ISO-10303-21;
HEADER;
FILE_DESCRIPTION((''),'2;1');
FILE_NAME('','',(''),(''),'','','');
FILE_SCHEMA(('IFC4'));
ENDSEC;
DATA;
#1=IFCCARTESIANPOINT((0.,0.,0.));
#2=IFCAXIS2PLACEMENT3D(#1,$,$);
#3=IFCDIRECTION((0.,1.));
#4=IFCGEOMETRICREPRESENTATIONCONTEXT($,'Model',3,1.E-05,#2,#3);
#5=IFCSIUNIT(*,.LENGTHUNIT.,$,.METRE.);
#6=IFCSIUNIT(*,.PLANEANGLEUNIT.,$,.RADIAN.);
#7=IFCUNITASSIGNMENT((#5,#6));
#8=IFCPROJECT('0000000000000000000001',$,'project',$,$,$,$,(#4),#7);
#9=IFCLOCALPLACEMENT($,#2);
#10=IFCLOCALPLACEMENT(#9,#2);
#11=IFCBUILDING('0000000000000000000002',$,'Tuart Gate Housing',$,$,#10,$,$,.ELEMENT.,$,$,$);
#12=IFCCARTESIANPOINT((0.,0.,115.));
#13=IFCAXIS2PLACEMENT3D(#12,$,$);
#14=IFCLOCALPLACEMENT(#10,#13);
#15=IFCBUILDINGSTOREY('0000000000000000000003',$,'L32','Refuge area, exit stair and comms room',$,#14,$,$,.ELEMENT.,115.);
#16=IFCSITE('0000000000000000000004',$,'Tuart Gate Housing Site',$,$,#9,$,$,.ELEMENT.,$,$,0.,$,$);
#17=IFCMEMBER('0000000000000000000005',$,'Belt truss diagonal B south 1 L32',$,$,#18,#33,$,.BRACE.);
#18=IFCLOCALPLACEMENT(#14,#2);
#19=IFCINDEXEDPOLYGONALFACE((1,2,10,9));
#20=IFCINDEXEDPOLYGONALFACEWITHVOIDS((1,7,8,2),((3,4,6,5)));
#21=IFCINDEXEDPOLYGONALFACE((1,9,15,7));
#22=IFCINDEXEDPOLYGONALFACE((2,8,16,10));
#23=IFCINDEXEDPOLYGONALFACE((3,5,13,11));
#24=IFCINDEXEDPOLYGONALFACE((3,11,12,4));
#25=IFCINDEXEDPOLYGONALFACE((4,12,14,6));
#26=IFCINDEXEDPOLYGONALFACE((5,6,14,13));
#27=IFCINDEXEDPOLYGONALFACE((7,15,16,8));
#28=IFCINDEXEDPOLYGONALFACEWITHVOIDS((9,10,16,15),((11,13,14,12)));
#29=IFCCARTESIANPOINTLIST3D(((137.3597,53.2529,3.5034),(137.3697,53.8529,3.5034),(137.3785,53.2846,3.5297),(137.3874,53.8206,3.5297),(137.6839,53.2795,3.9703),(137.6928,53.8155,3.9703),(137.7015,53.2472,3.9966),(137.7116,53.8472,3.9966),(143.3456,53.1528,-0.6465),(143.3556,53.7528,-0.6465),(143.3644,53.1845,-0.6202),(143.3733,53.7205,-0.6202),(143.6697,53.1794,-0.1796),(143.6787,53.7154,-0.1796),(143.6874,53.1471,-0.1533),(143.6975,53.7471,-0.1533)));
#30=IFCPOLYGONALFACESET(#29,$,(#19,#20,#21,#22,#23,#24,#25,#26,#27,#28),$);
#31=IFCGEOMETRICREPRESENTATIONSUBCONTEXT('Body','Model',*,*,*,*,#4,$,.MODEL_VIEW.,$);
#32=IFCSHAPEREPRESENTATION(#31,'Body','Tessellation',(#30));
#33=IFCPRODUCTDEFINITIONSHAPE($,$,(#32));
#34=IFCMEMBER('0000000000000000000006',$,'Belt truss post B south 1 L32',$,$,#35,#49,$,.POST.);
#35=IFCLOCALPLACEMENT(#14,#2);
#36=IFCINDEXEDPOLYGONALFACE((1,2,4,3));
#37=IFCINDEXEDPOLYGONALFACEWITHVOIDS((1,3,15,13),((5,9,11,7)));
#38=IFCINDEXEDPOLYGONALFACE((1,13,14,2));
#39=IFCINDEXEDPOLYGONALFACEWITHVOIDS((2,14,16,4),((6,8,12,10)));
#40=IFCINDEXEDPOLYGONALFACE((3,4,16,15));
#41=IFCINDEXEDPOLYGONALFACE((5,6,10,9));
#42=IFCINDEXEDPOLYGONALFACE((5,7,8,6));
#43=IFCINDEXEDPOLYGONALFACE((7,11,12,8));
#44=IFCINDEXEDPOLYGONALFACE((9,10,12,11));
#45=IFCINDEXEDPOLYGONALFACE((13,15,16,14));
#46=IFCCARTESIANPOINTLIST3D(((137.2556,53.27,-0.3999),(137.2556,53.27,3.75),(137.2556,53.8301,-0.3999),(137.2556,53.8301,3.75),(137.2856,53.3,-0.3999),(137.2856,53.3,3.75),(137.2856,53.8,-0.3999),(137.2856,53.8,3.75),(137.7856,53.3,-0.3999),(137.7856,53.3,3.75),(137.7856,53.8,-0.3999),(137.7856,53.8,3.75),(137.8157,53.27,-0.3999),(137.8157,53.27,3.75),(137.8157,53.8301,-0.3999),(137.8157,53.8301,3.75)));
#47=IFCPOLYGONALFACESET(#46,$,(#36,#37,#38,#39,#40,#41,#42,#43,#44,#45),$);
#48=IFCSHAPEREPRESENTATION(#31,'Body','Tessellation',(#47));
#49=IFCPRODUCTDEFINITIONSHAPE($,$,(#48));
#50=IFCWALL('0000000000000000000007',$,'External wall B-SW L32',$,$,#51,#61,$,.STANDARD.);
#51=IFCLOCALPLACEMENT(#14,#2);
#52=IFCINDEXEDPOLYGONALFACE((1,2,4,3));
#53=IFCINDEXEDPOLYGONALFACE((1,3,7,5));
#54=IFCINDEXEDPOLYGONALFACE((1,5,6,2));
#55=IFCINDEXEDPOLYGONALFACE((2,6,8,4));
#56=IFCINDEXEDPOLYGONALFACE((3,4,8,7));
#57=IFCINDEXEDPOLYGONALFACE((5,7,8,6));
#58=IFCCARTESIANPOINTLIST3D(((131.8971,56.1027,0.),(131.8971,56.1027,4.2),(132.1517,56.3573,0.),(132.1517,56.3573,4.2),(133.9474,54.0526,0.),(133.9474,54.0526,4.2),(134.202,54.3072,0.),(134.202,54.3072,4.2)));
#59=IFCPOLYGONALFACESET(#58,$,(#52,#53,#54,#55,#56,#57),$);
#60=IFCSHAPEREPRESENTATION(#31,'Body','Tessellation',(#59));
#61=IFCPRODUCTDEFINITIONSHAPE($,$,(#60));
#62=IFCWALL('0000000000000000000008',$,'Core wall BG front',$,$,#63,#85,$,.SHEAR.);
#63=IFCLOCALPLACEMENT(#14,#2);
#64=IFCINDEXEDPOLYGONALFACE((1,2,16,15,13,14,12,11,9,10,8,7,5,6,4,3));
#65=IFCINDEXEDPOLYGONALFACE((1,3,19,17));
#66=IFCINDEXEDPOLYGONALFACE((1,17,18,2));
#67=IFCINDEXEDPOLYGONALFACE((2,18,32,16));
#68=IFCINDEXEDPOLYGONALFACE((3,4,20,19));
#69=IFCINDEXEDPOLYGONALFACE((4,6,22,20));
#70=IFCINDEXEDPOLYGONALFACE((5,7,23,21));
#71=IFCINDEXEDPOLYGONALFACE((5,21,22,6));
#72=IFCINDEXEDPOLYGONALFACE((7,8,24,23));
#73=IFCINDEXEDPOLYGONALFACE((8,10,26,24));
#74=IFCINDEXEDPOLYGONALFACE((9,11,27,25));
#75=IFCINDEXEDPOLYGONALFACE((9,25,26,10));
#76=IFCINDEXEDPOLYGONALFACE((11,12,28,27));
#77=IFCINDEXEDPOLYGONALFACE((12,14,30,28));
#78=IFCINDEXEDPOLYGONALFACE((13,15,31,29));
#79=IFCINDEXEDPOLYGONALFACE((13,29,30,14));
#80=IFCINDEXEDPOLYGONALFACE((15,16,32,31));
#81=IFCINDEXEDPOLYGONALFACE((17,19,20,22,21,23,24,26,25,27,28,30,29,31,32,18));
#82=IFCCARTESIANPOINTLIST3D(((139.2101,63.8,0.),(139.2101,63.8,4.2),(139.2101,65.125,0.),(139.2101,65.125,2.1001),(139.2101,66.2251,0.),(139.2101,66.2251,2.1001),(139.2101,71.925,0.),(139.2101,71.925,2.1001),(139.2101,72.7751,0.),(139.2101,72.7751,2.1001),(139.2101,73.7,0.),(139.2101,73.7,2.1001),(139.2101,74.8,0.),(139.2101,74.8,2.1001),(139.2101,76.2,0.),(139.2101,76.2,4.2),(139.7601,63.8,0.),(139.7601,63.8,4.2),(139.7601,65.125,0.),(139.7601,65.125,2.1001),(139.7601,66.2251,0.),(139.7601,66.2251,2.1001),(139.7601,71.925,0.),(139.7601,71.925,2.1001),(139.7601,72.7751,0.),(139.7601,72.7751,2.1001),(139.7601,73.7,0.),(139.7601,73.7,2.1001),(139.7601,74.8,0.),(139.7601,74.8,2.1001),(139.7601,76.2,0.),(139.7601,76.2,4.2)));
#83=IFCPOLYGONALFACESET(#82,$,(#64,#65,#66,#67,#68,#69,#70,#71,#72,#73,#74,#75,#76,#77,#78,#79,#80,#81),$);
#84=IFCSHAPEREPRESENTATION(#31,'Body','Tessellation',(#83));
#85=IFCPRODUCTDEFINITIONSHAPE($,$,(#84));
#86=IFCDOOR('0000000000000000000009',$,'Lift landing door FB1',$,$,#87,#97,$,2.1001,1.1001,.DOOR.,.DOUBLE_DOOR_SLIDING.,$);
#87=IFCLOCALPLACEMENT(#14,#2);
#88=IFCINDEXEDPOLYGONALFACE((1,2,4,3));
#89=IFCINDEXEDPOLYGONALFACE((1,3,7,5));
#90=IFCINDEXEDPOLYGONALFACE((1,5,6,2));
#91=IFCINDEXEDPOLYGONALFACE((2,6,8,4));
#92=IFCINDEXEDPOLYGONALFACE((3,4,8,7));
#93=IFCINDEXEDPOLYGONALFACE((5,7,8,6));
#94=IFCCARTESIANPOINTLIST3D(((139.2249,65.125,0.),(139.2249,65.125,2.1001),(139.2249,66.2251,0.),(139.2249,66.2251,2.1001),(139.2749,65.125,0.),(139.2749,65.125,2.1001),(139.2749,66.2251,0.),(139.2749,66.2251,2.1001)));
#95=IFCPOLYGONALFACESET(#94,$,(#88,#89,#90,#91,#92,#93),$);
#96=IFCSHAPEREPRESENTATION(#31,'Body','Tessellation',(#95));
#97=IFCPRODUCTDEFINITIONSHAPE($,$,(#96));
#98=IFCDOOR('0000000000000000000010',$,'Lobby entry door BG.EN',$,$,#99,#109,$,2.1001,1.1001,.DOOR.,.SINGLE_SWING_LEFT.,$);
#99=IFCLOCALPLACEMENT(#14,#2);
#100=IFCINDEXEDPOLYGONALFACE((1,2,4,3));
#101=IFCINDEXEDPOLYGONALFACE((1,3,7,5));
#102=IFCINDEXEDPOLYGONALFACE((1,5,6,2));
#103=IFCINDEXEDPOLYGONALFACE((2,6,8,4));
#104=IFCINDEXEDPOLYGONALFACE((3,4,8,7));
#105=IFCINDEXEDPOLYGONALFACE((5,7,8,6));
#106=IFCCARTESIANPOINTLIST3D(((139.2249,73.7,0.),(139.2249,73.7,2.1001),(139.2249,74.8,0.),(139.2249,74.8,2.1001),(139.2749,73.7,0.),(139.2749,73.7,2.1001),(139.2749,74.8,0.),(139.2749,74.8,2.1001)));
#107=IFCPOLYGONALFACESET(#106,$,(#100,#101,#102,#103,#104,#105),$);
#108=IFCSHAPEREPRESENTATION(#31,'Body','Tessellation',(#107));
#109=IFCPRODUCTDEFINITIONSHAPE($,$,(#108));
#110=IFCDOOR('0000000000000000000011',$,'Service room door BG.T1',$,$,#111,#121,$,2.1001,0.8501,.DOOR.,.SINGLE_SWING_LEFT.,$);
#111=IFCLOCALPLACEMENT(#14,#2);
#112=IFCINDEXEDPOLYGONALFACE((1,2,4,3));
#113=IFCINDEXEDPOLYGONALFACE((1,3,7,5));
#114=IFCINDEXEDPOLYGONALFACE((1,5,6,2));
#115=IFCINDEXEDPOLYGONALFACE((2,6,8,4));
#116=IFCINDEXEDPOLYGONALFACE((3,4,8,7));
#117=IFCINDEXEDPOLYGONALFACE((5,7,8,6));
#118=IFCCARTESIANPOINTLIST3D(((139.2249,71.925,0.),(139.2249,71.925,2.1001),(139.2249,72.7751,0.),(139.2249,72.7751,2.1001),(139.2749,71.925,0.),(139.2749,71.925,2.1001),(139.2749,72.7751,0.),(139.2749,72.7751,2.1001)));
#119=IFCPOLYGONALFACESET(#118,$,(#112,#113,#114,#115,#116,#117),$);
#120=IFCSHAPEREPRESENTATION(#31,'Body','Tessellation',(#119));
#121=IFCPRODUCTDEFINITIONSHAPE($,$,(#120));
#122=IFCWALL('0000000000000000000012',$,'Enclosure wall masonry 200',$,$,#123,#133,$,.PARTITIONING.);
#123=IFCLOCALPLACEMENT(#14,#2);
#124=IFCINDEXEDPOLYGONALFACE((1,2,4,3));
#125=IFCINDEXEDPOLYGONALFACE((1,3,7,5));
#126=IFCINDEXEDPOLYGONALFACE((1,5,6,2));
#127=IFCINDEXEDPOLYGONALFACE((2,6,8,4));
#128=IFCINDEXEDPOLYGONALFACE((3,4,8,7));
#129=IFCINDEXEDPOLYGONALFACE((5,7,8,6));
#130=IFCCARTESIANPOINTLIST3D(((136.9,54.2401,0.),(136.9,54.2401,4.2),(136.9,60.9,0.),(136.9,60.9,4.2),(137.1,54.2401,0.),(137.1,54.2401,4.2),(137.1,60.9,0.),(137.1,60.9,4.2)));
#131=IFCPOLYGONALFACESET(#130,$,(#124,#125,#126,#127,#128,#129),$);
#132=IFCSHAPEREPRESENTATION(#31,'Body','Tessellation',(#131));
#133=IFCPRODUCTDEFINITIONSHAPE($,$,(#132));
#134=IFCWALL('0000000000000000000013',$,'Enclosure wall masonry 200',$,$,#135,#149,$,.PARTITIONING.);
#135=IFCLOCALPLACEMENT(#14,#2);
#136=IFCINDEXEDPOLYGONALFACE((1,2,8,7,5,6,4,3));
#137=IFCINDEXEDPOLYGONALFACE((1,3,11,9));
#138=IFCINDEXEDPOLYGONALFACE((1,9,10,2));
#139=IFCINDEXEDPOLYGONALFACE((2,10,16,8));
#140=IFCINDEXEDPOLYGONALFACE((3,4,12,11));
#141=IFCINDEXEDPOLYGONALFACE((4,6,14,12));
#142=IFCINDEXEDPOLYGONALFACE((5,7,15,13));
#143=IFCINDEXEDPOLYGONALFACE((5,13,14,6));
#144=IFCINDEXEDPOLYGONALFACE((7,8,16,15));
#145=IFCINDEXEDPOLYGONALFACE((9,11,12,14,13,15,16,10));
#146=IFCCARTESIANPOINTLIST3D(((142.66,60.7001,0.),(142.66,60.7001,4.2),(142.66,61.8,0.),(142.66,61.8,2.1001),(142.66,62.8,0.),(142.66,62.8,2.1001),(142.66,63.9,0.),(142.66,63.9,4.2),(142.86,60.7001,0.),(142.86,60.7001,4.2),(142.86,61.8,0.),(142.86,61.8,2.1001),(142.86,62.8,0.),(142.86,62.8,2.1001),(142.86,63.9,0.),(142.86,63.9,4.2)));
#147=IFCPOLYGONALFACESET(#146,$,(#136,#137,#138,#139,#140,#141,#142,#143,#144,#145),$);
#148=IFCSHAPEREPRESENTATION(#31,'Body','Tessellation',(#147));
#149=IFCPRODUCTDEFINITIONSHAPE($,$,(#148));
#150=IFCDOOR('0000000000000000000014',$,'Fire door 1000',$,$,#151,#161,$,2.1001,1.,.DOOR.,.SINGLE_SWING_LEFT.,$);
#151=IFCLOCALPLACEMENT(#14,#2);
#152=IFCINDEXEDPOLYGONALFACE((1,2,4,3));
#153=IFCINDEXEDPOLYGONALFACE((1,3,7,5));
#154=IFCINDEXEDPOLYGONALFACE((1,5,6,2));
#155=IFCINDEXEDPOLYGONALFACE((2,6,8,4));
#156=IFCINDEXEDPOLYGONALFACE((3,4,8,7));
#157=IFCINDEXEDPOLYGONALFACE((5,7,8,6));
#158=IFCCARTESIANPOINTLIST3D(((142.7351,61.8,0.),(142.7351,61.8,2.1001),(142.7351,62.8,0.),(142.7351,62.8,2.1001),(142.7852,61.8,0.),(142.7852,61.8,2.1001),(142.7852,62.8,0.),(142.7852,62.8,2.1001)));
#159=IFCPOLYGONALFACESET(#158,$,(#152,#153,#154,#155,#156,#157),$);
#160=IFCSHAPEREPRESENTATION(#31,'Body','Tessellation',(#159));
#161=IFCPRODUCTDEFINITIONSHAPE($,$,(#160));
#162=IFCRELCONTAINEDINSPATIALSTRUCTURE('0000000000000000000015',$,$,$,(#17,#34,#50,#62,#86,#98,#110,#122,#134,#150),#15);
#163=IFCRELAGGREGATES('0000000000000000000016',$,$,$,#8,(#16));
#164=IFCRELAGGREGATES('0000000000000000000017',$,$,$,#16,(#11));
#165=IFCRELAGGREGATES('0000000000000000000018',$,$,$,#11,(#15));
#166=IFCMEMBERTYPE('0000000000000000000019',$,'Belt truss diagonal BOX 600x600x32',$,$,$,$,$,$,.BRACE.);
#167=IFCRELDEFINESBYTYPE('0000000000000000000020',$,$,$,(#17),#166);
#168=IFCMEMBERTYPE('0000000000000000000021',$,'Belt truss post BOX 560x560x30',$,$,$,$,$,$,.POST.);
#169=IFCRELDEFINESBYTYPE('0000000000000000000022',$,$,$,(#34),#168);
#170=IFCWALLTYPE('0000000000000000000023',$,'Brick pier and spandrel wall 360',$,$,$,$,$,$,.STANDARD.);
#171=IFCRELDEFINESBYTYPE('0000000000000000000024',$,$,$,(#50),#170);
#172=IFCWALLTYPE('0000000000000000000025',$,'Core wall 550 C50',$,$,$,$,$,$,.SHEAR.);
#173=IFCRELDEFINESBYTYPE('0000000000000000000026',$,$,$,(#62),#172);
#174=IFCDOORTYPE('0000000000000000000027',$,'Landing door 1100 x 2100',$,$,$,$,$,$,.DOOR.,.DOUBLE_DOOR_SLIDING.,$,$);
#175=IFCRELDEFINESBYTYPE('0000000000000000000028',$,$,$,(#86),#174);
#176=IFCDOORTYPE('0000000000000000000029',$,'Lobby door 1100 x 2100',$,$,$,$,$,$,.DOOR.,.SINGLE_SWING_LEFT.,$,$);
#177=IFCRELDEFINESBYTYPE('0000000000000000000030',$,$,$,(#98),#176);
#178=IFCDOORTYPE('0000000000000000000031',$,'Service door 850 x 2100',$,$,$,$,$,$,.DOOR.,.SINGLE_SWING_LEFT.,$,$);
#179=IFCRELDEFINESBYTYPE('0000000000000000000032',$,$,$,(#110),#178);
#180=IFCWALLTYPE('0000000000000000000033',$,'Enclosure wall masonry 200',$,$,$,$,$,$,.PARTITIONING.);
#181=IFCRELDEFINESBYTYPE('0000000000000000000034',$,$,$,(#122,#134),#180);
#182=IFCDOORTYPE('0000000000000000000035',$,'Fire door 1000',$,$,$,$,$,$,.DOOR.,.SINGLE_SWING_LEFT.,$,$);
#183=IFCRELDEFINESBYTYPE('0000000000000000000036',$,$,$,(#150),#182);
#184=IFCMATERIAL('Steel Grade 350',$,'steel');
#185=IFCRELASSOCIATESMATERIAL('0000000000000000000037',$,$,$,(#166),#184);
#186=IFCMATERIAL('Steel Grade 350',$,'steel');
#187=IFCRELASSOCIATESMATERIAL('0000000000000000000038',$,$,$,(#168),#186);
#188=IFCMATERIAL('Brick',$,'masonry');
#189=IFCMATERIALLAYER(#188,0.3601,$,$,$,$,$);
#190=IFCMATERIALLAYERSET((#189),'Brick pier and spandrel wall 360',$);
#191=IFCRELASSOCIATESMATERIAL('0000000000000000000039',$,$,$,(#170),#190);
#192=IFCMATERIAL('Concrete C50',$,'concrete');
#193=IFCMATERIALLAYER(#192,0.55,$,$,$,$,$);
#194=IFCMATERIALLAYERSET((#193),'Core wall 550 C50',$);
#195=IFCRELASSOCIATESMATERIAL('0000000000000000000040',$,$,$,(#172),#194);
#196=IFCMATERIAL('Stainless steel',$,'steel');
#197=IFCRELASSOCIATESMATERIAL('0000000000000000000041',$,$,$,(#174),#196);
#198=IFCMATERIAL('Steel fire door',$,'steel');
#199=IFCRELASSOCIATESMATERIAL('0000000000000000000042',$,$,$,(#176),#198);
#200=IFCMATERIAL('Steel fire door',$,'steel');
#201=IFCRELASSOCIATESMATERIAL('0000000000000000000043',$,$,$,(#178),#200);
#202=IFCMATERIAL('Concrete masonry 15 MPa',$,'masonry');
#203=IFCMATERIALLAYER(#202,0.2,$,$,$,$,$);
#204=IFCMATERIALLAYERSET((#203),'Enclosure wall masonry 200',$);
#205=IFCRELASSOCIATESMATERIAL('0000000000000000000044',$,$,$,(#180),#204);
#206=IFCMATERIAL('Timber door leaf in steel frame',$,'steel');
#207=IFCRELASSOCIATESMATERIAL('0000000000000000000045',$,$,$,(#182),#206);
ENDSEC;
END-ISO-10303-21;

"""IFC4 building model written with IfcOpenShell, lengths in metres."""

from ifc_helpers import new_model, si_unit, direction, frame, frame_2d, origin, origin_2d, place, context, subcontext, project, spatial, rectangle, hollow_rectangle, extrude, material, layer, layer_set, material_profile, profile_set, type_object, element, fill, save


model = new_model("IFC4")

# Units and contexts
model_context = context("Model", 3, precision=1e-05, world=origin(), true_north=direction((0.0, 1.0)))
body_context = subcontext(model_context, "Body", "Model", "MODEL_VIEW")
ifc_project = project(units=[si_unit("LENGTHUNIT", "METRE"), si_unit("PLANEANGLEUNIT", "RADIAN")], contexts=[model_context])

# Site, building, storey
site_placement = place(None, origin())
site = spatial("IfcSite", under=ifc_project, at=site_placement, Name="Tuart Gate Housing Site", CompositionType="ELEMENT", RefElevation=0.0)
building_placement = place(site_placement, origin())
building = spatial("IfcBuilding", under=site, at=building_placement, Name="Tuart Gate Housing", CompositionType="ELEMENT")
storey_placement = place(building_placement, frame((0.0, 0.0, 115.0)))
storey = spatial("IfcBuildingStorey", under=building, at=storey_placement, Name="L32", Description="Refuge area, exit stair and comms room", CompositionType="ELEMENT", Elevation=115.0)

# Members
ifc_material_1 = material(Name="Steel Grade 350", Category="steel")
ifc_material_profile_1 = material_profile(ifc_material_1, hollow_rectangle(XDim=0.6001, YDim=0.6001, WallThickness=0.032, at=origin_2d()), Name="BOX 600x600x32")
ifc_profile_set_1 = profile_set([ifc_material_profile_1], Name="Steel Grade 350")
member_type_1 = type_object("IfcMemberType", Name="Belt truss diagonal BOX 600x600x32", PredefinedType="BRACE", material=ifc_profile_set_1)
member_1_placement = place(storey_placement, frame((137.5356, 53.55, 3.75), z_axis=(0.821738, -0.013741, -0.5697), x_axis=(0.01672, 0.99986, 0.0)))
element("IfcMember", 1, at=member_1_placement, inside=storey, type_object=member_type_1, Name="Belt truss diagonal B south 1 L32", PredefinedType="BRACE", context=body_context, shape_type="SweptSolid", body=[
    extrude(hollow_rectangle(XDim=0.6001, YDim=0.6001, WallThickness=0.032, at=origin_2d()), origin(), (0.0, 0.0, 1.0), 7.2844),
])
ifc_material_2 = material(Name="Steel Grade 350", Category="steel")
ifc_material_profile_2 = material_profile(ifc_material_2, hollow_rectangle(XDim=0.5601, YDim=0.5601, WallThickness=0.03, at=origin_2d()), Name="BOX 560x560x30")
ifc_profile_set_2 = profile_set([ifc_material_profile_2], Name="Steel Grade 350")
member_type_2 = type_object("IfcMemberType", Name="Belt truss post BOX 560x560x30", PredefinedType="POST", material=ifc_profile_set_2)
member_2_placement = place(storey_placement, frame((137.5356, 53.55, -0.3999), z_axis=(0.0, 0.0, 1.0), x_axis=(1.0, 0.0, 0.0)))
element("IfcMember", 2, at=member_2_placement, inside=storey, type_object=member_type_2, Name="Belt truss post B south 1 L32", PredefinedType="POST", context=body_context, shape_type="SweptSolid", body=[
    extrude(hollow_rectangle(XDim=0.5601, YDim=0.5601, WallThickness=0.03, at=origin_2d()), origin(), (0.0, 0.0, 1.0), 4.1499),
])

# Wall
ifc_material_3 = material(Name="Brick", Category="masonry")
ifc_layer_1 = layer(ifc_material_3, 0.3601)
ifc_layer_set_1 = layer_set([ifc_layer_1], Name="Brick pier and spandrel wall 360")
wall_type_1 = type_object("IfcWallType", Name="Brick pier and spandrel wall 360", PredefinedType="STANDARD", material=ifc_layer_set_1)
wall_1_placement = place(storey_placement, frame((132.0244, 56.23, 0.0), z_axis=(0.0, 0.0, 1.0), x_axis=(0.707149, -0.707065, 0.0)))
element("IfcWall", 3, at=wall_1_placement, inside=storey, type_object=wall_type_1, Name="External wall B-SW L32", PredefinedType="STANDARD", context=body_context, shape_type="SweptSolid", body=[
    extrude(rectangle(XDim=2.8994, YDim=0.3601, at=frame_2d((1.4497, 0.0))), origin(), (0.0, 0.0, 1.0), 4.2),
])

# Wall, openings, doors
ifc_material_4 = material(Name="Concrete C50", Category="concrete")
ifc_layer_2 = layer(ifc_material_4, 0.55)
ifc_layer_set_2 = layer_set([ifc_layer_2], Name="Core wall 550 C50")
wall_type_2 = type_object("IfcWallType", Name="Core wall 550 C50", PredefinedType="SHEAR", material=ifc_layer_set_2)
wall_2_placement = place(storey_placement, frame((139.4851, 63.8, 0.0), z_axis=(0.0, 0.0, 1.0), x_axis=(0.0, 1.0, 0.0)))
wall_2 = element("IfcWall", 4, at=wall_2_placement, inside=storey, type_object=wall_type_2, Name="Core wall BG front", PredefinedType="SHEAR", context=body_context, shape_type="SweptSolid", body=[
    extrude(rectangle(XDim=12.3999, YDim=0.55, at=frame_2d((6.2, 0.0))), origin(), (0.0, 0.0, 1.0), 4.2),
])
opening_1_placement = place(wall_2_placement, frame((1.325, 0.0, 0.0)))
opening_1 = element("IfcOpeningElement", 5, at=opening_1_placement, cuts=wall_2, PredefinedType="OPENING", context=body_context, shape_type="SweptSolid", body=[
    extrude(rectangle(XDim=1.1001, YDim=2.1001, at=frame_2d((0.55, 1.05))), frame((0.0, 0.2849, 0.0), z_axis=(0.0, -1.0, 0.0), x_axis=(1.0, 0.0, 0.0)), (0.0, 0.0, 1.0), 0.5701),
])
opening_2_placement = place(wall_2_placement, frame((9.8999, 0.0, 0.0)))
opening_2 = element("IfcOpeningElement", 6, at=opening_2_placement, cuts=wall_2, PredefinedType="OPENING", context=body_context, shape_type="SweptSolid", body=[
    extrude(rectangle(XDim=1.1001, YDim=2.1001, at=frame_2d((0.55, 1.05))), frame((0.0, 0.2849, 0.0), z_axis=(0.0, -1.0, 0.0), x_axis=(1.0, 0.0, 0.0)), (0.0, 0.0, 1.0), 0.5701),
])
opening_3_placement = place(wall_2_placement, frame((8.125, 0.0, 0.0)))
opening_3 = element("IfcOpeningElement", 7, at=opening_3_placement, cuts=wall_2, PredefinedType="OPENING", context=body_context, shape_type="SweptSolid", body=[
    extrude(rectangle(XDim=0.8501, YDim=2.1001, at=frame_2d((0.425, 1.05))), frame((0.0, 0.2849, 0.0), z_axis=(0.0, -1.0, 0.0), x_axis=(1.0, 0.0, 0.0)), (0.0, 0.0, 1.0), 0.5701),
])
ifc_material_5 = material(Name="Stainless steel", Category="steel")
door_type_1 = type_object("IfcDoorType", Name="Landing door 1100 x 2100", OperationType="DOUBLE_DOOR_SLIDING", PredefinedType="DOOR", material=ifc_material_5)
door_1_placement = place(opening_1_placement, origin())
door_1 = element("IfcDoor", 8, at=door_1_placement, inside=storey, type_object=door_type_1, Name="Lift landing door FB1", OperationType="DOUBLE_DOOR_SLIDING", OverallHeight=2.1001, OverallWidth=1.1001, PredefinedType="DOOR", context=body_context, shape_type="SweptSolid", body=[
    extrude(rectangle(XDim=1.1001, YDim=2.1001, at=frame_2d((0.55, 1.05))), frame((0.0, 0.2603, 0.0), z_axis=(0.0, -1.0, 0.0), x_axis=(1.0, 0.0, 0.0)), (0.0, 0.0, 1.0), 0.05),
])
fill(opening_1, door_1)
ifc_material_6 = material(Name="Steel fire door", Category="steel")
door_type_2 = type_object("IfcDoorType", Name="Lobby door 1100 x 2100", OperationType="SINGLE_SWING_LEFT", PredefinedType="DOOR", material=ifc_material_6)
door_2_placement = place(opening_2_placement, origin())
door_2 = element("IfcDoor", 9, at=door_2_placement, inside=storey, type_object=door_type_2, Name="Lobby entry door BG.EN", OperationType="SINGLE_SWING_LEFT", OverallHeight=2.1001, OverallWidth=1.1001, PredefinedType="DOOR", context=body_context, shape_type="SweptSolid", body=[
    extrude(rectangle(XDim=1.1001, YDim=2.1001, at=frame_2d((0.55, 1.05))), frame((0.0, 0.2603, 0.0), z_axis=(0.0, -1.0, 0.0), x_axis=(1.0, 0.0, 0.0)), (0.0, 0.0, 1.0), 0.05),
])
fill(opening_2, door_2)
ifc_material_7 = material(Name="Steel fire door", Category="steel")
door_type_3 = type_object("IfcDoorType", Name="Service door 850 x 2100", OperationType="SINGLE_SWING_LEFT", PredefinedType="DOOR", material=ifc_material_7)
door_3_placement = place(opening_3_placement, origin())
door_3 = element("IfcDoor", 10, at=door_3_placement, inside=storey, type_object=door_type_3, Name="Service room door BG.T1", OperationType="SINGLE_SWING_LEFT", OverallHeight=2.1001, OverallWidth=0.8501, PredefinedType="DOOR", context=body_context, shape_type="SweptSolid", body=[
    extrude(rectangle(XDim=0.8501, YDim=2.1001, at=frame_2d((0.425, 1.05))), frame((0.0, 0.2603, 0.0), z_axis=(0.0, -1.0, 0.0), x_axis=(1.0, 0.0, 0.0)), (0.0, 0.0, 1.0), 0.05),
])
fill(opening_3, door_3)

# Wall
ifc_material_8 = material(Name="Concrete masonry 15 MPa", Category="masonry")
ifc_layer_3 = layer(ifc_material_8, 0.2)
ifc_layer_set_3 = layer_set([ifc_layer_3], Name="Enclosure wall masonry 200")
wall_type_3 = type_object("IfcWallType", Name="Enclosure wall masonry 200", PredefinedType="PARTITIONING", material=ifc_layer_set_3)
wall_3_placement = place(storey_placement, frame((137.0, 54.24, 0.0), z_axis=(0.0, 0.0, 1.0), x_axis=(0.0, 1.0, 0.0)))
element("IfcWall", 11, at=wall_3_placement, inside=storey, type_object=wall_type_3, Name="Enclosure wall masonry 200", PredefinedType="PARTITIONING", context=body_context, shape_type="SweptSolid", body=[
    extrude(rectangle(XDim=6.6599, YDim=0.2, at=frame_2d((3.3301, 0.0))), origin(), (0.0, 0.0, 1.0), 4.2),
])

# Wall, opening, door
wall_4_placement = place(storey_placement, frame((142.76, 60.7, 0.0), z_axis=(0.0, 0.0, 1.0), x_axis=(0.0, 1.0, 0.0)))
wall_4 = element("IfcWall", 12, at=wall_4_placement, inside=storey, type_object=wall_type_3, Name="Enclosure wall masonry 200", PredefinedType="PARTITIONING", context=body_context, shape_type="SweptSolid", body=[
    extrude(rectangle(XDim=3.2, YDim=0.2, at=frame_2d((1.6001, 0.0))), origin(), (0.0, 0.0, 1.0), 4.2),
])
opening_4_placement = place(wall_4_placement, frame((1.1001, 0.0, 0.0)))
opening_4 = element("IfcOpeningElement", 13, at=opening_4_placement, cuts=wall_4, PredefinedType="OPENING", context=body_context, shape_type="SweptSolid", body=[
    extrude(rectangle(XDim=1.0, YDim=2.1001, at=frame_2d((0.5, 1.05))), frame((0.0, 0.1099, 0.0), z_axis=(0.0, -1.0, 0.0), x_axis=(1.0, 0.0, 0.0)), (0.0, 0.0, 1.0), 0.22),
])
ifc_material_9 = material(Name="Timber door leaf in steel frame", Category="steel")
door_type_4 = type_object("IfcDoorType", Name="Fire door 1000", OperationType="SINGLE_SWING_LEFT", PredefinedType="DOOR", material=ifc_material_9)
door_4_placement = place(opening_4_placement, frame((1.0, 0.0, 0.0), z_axis=(0.0, 0.0, 1.0), x_axis=(-1.0, 0.0, 0.0)))
door_4 = element("IfcDoor", 14, at=door_4_placement, inside=storey, type_object=door_type_4, Name="Fire door 1000", OperationType="SINGLE_SWING_LEFT", OverallHeight=2.1001, OverallWidth=1.0, PredefinedType="DOOR", context=body_context, shape_type="SweptSolid", body=[
    extrude(rectangle(XDim=1.0, YDim=2.1001, at=frame_2d((0.5, 1.05))), frame((0.0, 0.0251, 0.0), z_axis=(0.0, -1.0, 0.0), x_axis=(1.0, 0.0, 0.0)), (0.0, 0.0, 1.0), 0.05),
])
fill(opening_4, door_4)

save(model, "model.ifc")
